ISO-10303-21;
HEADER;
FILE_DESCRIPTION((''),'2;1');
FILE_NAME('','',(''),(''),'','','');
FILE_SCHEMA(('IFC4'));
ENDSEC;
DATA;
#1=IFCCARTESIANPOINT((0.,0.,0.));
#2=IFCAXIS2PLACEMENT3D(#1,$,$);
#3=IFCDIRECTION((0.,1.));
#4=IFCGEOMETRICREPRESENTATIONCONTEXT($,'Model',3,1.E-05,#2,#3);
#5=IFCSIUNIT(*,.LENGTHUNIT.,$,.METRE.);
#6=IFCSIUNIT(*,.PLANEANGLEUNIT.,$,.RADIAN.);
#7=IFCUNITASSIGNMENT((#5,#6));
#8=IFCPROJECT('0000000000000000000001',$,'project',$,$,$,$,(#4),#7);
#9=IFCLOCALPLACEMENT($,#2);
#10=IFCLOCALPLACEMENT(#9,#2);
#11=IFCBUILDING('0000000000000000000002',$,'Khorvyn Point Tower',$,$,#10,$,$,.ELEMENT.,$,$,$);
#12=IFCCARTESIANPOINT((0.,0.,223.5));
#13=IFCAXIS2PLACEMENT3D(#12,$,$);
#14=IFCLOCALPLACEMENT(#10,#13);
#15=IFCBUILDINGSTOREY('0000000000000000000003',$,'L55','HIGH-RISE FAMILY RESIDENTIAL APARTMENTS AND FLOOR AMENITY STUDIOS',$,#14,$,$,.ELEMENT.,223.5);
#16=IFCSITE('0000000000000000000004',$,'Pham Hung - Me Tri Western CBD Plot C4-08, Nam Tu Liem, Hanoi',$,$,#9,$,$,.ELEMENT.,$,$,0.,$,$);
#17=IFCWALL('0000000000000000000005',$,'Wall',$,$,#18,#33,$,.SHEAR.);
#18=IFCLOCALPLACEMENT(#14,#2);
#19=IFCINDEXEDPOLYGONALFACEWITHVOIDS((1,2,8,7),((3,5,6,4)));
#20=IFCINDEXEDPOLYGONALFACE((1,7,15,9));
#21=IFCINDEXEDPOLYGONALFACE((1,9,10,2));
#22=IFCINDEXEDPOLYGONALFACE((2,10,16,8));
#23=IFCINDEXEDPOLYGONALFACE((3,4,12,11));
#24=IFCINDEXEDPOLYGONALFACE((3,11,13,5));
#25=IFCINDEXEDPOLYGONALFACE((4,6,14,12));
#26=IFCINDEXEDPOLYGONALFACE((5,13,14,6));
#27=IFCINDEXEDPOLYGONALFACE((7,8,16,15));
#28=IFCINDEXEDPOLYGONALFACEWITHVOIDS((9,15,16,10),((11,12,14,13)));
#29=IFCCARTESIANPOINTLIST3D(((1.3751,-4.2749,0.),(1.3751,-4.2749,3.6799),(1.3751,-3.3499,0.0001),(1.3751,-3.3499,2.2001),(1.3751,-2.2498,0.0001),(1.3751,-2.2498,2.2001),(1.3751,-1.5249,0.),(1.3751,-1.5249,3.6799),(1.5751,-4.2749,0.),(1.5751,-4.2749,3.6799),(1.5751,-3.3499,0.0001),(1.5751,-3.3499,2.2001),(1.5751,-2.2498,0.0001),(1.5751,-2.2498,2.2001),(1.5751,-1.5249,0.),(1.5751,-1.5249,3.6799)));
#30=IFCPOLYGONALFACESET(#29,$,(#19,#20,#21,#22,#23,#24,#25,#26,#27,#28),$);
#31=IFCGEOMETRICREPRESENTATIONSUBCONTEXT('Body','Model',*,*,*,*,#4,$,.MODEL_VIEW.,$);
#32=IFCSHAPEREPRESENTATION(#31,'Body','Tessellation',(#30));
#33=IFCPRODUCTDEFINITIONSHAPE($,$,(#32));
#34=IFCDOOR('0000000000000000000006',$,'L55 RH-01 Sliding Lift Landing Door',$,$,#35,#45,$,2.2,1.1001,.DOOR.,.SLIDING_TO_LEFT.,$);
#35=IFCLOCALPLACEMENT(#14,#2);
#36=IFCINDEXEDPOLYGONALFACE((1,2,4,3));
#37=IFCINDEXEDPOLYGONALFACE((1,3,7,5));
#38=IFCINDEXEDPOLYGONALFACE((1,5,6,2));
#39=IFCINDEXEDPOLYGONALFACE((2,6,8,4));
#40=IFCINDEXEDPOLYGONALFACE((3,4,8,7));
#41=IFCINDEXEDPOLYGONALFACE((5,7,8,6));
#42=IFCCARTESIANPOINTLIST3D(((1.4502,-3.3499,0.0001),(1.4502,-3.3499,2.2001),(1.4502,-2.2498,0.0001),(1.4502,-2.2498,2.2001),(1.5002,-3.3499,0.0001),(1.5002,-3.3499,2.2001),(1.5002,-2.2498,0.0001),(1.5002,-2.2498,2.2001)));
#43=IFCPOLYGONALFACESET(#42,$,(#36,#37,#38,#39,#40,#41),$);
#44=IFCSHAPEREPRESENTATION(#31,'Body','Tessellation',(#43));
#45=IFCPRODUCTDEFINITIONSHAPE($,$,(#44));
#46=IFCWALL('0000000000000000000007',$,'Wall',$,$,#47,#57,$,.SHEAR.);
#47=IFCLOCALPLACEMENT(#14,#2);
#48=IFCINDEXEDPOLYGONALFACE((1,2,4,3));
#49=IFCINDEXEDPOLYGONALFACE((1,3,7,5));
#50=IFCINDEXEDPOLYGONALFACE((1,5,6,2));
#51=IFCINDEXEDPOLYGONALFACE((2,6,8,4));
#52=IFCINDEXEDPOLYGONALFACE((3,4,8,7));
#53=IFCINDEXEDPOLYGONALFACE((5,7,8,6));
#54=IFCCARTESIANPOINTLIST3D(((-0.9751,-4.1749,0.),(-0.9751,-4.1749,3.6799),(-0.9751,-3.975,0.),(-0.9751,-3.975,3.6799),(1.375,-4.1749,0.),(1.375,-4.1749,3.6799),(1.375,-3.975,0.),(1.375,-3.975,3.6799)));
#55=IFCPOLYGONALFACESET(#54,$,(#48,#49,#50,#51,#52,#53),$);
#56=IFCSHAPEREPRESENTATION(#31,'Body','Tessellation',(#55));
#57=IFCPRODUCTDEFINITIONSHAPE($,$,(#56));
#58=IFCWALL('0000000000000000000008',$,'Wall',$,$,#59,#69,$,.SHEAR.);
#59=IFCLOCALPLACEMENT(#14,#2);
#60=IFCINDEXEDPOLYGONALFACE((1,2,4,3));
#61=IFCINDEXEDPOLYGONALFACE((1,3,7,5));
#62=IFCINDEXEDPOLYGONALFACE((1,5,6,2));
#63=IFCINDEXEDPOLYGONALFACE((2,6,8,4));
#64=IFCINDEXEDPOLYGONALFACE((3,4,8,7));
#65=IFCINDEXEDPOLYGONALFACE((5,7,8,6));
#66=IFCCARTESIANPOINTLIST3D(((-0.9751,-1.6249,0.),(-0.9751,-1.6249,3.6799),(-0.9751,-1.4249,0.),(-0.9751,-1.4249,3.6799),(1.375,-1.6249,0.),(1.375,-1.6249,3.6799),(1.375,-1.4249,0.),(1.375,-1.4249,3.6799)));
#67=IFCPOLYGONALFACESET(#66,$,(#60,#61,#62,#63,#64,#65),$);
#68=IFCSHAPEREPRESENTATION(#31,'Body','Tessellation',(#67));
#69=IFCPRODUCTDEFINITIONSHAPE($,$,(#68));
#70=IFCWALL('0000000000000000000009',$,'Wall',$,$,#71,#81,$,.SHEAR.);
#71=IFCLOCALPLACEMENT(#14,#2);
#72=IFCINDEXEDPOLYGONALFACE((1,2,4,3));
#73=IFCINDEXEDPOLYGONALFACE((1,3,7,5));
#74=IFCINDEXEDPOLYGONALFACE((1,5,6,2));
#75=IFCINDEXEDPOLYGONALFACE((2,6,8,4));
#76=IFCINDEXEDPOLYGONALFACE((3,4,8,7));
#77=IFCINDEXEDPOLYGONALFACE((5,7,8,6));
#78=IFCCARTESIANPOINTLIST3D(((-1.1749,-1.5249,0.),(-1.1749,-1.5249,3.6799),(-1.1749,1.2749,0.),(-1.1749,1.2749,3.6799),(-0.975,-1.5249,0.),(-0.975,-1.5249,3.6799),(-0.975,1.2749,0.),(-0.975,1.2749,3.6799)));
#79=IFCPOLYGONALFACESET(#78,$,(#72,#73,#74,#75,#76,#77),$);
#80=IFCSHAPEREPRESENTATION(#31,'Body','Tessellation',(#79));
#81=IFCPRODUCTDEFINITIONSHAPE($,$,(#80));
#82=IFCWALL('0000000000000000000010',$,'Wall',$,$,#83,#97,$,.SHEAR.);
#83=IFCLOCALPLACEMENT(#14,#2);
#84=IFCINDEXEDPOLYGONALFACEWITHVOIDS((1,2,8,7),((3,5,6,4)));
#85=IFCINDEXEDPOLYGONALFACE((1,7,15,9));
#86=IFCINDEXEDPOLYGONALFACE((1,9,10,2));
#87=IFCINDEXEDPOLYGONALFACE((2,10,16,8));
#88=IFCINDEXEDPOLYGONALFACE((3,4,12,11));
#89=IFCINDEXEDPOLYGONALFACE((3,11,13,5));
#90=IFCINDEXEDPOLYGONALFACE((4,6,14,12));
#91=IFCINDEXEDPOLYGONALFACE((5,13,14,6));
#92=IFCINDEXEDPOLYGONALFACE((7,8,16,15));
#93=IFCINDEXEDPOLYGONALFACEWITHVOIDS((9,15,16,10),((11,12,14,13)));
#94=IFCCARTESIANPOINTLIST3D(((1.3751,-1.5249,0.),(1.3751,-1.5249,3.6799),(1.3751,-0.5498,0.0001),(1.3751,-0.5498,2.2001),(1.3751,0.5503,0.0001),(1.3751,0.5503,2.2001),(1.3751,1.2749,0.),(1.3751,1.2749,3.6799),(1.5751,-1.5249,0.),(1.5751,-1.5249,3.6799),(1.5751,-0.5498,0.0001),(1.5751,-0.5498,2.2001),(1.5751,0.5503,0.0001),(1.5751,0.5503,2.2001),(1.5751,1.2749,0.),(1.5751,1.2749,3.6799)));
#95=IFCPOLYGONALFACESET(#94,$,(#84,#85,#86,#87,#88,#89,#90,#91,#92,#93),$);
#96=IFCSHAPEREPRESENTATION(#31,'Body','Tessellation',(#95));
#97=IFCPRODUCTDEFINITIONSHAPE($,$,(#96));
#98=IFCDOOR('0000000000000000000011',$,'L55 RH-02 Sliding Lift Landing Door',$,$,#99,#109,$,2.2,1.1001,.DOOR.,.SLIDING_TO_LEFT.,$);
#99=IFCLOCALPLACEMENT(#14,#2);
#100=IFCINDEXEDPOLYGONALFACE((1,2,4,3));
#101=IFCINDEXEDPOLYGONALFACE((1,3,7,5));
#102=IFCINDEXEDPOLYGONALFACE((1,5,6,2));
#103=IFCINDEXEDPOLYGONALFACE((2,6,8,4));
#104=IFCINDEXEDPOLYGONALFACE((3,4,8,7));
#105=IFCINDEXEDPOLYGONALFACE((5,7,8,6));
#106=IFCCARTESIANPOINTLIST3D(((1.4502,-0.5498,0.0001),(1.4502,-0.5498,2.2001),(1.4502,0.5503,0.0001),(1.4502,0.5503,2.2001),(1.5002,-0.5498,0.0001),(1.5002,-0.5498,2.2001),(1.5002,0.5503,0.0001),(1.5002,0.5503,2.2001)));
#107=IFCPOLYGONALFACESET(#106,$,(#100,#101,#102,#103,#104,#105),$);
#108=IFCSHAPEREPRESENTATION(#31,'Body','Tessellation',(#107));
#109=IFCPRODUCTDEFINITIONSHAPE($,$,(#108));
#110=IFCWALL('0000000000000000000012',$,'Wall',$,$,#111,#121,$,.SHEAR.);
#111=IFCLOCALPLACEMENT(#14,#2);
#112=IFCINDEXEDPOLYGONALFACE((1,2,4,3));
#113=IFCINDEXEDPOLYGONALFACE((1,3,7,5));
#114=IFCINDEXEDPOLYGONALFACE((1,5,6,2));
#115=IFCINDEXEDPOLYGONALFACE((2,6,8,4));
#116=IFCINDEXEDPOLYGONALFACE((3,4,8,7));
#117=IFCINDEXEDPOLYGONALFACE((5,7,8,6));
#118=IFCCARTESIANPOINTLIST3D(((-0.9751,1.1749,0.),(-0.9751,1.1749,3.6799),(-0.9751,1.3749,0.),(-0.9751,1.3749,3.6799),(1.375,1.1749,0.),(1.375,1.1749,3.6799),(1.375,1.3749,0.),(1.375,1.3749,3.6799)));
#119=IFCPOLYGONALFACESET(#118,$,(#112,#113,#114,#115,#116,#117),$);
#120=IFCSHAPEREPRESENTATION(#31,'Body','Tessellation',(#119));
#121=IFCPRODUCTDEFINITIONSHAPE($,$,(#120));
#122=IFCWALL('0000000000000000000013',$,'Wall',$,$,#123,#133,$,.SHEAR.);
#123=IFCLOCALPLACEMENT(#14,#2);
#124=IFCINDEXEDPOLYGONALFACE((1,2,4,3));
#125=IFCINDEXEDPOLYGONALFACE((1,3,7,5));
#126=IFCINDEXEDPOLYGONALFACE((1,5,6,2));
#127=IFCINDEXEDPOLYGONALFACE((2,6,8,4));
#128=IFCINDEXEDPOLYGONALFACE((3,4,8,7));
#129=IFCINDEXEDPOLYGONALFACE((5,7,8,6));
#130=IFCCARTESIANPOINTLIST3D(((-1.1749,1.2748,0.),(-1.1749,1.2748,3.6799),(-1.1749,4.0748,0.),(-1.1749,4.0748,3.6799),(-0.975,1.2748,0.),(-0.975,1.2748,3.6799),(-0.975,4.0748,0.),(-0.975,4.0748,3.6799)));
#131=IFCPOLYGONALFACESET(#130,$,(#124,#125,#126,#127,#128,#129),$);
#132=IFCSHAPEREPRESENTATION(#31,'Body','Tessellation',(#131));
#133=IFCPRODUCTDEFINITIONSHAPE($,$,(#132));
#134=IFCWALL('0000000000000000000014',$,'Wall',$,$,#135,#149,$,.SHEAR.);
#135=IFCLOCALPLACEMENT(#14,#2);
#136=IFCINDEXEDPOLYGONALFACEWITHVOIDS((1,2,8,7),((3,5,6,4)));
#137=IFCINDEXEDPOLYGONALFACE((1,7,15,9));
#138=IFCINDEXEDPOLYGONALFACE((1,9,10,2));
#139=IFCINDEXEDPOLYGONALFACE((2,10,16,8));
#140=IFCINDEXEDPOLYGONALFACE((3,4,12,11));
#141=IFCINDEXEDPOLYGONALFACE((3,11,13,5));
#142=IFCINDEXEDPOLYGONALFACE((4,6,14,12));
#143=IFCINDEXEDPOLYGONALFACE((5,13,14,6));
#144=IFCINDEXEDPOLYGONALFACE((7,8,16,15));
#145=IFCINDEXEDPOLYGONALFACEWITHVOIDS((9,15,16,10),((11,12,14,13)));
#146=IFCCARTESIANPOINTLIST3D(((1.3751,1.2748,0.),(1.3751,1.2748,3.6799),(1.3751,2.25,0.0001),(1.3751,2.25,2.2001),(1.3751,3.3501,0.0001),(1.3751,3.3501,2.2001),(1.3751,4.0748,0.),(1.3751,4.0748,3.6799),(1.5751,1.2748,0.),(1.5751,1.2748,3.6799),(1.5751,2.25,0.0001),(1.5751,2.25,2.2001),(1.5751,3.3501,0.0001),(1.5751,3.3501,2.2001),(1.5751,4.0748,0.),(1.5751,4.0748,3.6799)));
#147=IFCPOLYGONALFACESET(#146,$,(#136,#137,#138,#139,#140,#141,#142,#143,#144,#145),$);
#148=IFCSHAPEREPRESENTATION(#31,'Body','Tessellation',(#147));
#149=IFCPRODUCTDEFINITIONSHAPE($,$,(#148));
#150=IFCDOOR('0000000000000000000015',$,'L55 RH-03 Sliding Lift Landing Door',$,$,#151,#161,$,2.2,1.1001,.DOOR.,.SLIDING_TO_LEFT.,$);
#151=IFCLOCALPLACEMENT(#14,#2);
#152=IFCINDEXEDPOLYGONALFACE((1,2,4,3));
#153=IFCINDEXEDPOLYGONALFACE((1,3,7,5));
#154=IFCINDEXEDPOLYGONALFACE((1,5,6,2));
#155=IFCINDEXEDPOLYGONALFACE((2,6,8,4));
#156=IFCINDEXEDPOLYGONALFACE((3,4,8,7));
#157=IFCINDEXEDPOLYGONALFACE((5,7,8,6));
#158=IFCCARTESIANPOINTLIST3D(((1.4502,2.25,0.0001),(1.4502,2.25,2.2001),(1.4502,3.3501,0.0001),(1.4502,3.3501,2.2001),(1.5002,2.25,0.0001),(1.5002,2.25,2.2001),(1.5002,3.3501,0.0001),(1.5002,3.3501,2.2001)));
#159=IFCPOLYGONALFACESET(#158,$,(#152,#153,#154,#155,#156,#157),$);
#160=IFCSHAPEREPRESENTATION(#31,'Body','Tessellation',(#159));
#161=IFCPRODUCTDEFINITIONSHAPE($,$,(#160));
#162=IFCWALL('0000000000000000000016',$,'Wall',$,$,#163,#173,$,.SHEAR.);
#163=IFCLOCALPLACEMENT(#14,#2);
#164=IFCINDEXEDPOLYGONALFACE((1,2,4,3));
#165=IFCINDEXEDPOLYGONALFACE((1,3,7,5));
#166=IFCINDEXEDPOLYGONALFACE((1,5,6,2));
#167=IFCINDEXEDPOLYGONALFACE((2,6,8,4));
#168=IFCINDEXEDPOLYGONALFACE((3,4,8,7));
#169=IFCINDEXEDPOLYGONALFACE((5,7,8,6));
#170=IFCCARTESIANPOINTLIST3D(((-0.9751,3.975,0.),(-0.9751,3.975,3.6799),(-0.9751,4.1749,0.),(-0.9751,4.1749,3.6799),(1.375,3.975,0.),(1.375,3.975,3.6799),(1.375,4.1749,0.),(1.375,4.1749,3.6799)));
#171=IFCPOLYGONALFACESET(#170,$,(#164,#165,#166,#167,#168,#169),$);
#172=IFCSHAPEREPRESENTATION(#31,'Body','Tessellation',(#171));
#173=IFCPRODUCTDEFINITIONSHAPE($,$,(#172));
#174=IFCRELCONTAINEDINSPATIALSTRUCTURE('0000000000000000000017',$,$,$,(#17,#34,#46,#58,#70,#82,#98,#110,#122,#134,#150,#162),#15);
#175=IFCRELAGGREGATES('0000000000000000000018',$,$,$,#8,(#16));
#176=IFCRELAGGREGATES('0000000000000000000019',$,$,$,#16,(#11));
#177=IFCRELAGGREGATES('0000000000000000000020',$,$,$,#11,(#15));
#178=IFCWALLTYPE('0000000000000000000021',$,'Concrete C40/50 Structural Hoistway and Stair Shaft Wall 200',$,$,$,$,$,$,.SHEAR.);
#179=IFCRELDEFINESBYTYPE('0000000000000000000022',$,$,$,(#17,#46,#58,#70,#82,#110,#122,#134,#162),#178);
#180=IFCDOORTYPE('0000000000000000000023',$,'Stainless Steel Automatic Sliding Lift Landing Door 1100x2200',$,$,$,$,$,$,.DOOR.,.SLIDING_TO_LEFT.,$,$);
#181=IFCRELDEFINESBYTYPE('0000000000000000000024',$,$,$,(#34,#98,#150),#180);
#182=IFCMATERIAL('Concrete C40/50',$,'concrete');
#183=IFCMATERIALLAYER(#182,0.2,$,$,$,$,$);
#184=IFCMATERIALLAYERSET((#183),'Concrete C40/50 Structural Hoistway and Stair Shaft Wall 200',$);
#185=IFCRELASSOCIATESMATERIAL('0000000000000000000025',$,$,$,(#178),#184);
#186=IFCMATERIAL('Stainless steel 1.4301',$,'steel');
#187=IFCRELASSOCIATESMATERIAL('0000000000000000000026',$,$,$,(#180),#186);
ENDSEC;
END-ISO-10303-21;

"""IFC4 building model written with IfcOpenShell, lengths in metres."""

from ifc_helpers import new_model, si_unit, direction, frame, frame_2d, origin, place, context, subcontext, project, spatial, rectangle, extrude, material, layer, layer_set, type_object, element, fill, save


model = new_model("IFC4")

# Units and contexts
model_context = context("Model", 3, precision=1e-05, world=origin(), true_north=direction((0.0, 1.0)))
body_context = subcontext(model_context, "Body", "Model", "MODEL_VIEW")
ifc_project = project(units=[si_unit("LENGTHUNIT", "METRE"), si_unit("PLANEANGLEUNIT", "RADIAN")], contexts=[model_context])

# Site, building, storey
site_placement = place(None, origin())
site = spatial("IfcSite", under=ifc_project, at=site_placement, Name="Pham Hung - Me Tri Western CBD Plot C4-08, Nam Tu Liem, Hanoi", CompositionType="ELEMENT", RefElevation=0.0)
building_placement = place(site_placement, origin())
building = spatial("IfcBuilding", under=site, at=building_placement, Name="Khorvyn Point Tower", CompositionType="ELEMENT")
storey_placement = place(building_placement, frame((0.0, 0.0, 223.5)))
storey = spatial("IfcBuildingStorey", under=building, at=storey_placement, Name="L55", Description="HIGH-RISE FAMILY RESIDENTIAL APARTMENTS AND FLOOR AMENITY STUDIOS", CompositionType="ELEMENT", Elevation=223.5)

# Shared definitions
ifc_material_1 = material(Name="Concrete C40/50", Category="concrete")

# Shared definitions
ifc_layer_1 = layer(ifc_material_1, 0.2)
ifc_layer_set_1 = layer_set([ifc_layer_1], Name="Concrete C40/50 Structural Hoistway and Stair Shaft Wall 200")
wall_type = type_object("IfcWallType", Name="Concrete C40/50 Structural Hoistway and Stair Shaft Wall 200", PredefinedType="SHEAR", material=ifc_layer_set_1)

# Wall, opening, door
wall_1_placement = place(storey_placement, frame((1.4751, -4.2749, 0.0), z_axis=(0.0, 0.0, 1.0), x_axis=(0.0, 1.0, 0.0)))
wall_1 = element("IfcWall", 1, at=wall_1_placement, inside=storey, type_object=wall_type, Name="Wall", PredefinedType="SHEAR", context=body_context, shape_type="SweptSolid", body=[
    extrude(rectangle(XDim=2.75, YDim=0.2, at=frame_2d((1.375, 0.0))), origin(), (0.0, 0.0, 1.0), 3.6799),
])
opening_1_placement = place(wall_1_placement, frame((0.925, 0.0, 0.0)))
opening_1 = element("IfcOpeningElement", 2, at=opening_1_placement, cuts=wall_1, PredefinedType="OPENING", context=body_context, shape_type="SweptSolid", body=[
    extrude(rectangle(XDim=1.1001, YDim=2.2, at=frame_2d((0.55, 1.1001))), frame((0.0, 0.1099, 0.0), z_axis=(0.0, -1.0, 0.0), x_axis=(1.0, 0.0, 0.0)), (0.0, 0.0, 1.0), 0.22),
])
ifc_material_2 = material(Name="Stainless steel 1.4301", Category="steel")
door_type = type_object("IfcDoorType", Name="Stainless Steel Automatic Sliding Lift Landing Door 1100x2200", OperationType="SLIDING_TO_LEFT", PredefinedType="DOOR", material=ifc_material_2)
door_1_placement = place(opening_1_placement, origin())
door_1 = element("IfcDoor", 3, at=door_1_placement, inside=storey, type_object=door_type, Name="L55 RH-01 Sliding Lift Landing Door", OperationType="SLIDING_TO_LEFT", OverallHeight=2.2, OverallWidth=1.1001, PredefinedType="DOOR", context=body_context, shape_type="SweptSolid", body=[
    extrude(rectangle(XDim=1.1001, YDim=2.2, at=frame_2d((0.55, 1.1001))), frame((0.0, 0.0249, 0.0), z_axis=(0.0, -1.0, 0.0), x_axis=(1.0, 0.0, 0.0)), (0.0, 0.0, 1.0), 0.05),
])
fill(opening_1, door_1)

# Walls
for number, where, z_axis, x_axis, name in (
    (4, (-0.9751, -4.075, 0.0), (0.0, 0.0, 1.0), (1.0, 0.0, 0.0), "Wall"),
    (5, (-0.9751, -1.5249, 0.0), (0.0, 0.0, 1.0), (1.0, 0.0, 0.0), "Wall"),
):
    element("IfcWall", number, at=place(storey_placement, frame(where, z_axis=z_axis, x_axis=x_axis)), inside=storey, type_object=wall_type, Name=name, PredefinedType="SHEAR", context=body_context, shape_type="SweptSolid", body=[
        extrude(rectangle(XDim=2.3501, YDim=0.2, at=frame_2d((1.175, 0.0))), origin(), (0.0, 0.0, 1.0), 3.6799),
    ])
wall_2_placement = place(storey_placement, frame((-1.075, -1.5249, 0.0), z_axis=(0.0, 0.0, 1.0), x_axis=(0.0, 1.0, 0.0)))
element("IfcWall", 6, at=wall_2_placement, inside=storey, type_object=wall_type, Name="Wall", PredefinedType="SHEAR", context=body_context, shape_type="SweptSolid", body=[
    extrude(rectangle(XDim=2.7998, YDim=0.2, at=frame_2d((1.3999, 0.0))), origin(), (0.0, 0.0, 1.0), 3.6799),
])

# Wall, opening, door
wall_3_placement = place(storey_placement, frame((1.4751, -1.5249, 0.0), z_axis=(0.0, 0.0, 1.0), x_axis=(0.0, 1.0, 0.0)))
wall_3 = element("IfcWall", 7, at=wall_3_placement, inside=storey, type_object=wall_type, Name="Wall", PredefinedType="SHEAR", context=body_context, shape_type="SweptSolid", body=[
    extrude(rectangle(XDim=2.7998, YDim=0.2, at=frame_2d((1.3999, 0.0))), origin(), (0.0, 0.0, 1.0), 3.6799),
])
opening_2_placement = place(wall_3_placement, frame((0.9751, 0.0, 0.0)))
opening_2 = element("IfcOpeningElement", 8, at=opening_2_placement, cuts=wall_3, PredefinedType="OPENING", context=body_context, shape_type="SweptSolid", body=[
    extrude(rectangle(XDim=1.1001, YDim=2.2, at=frame_2d((0.55, 1.1001))), frame((0.0, 0.1099, 0.0), z_axis=(0.0, -1.0, 0.0), x_axis=(1.0, 0.0, 0.0)), (0.0, 0.0, 1.0), 0.22),
])
door_2_placement = place(opening_2_placement, origin())
door_2 = element("IfcDoor", 9, at=door_2_placement, inside=storey, type_object=door_type, Name="L55 RH-02 Sliding Lift Landing Door", OperationType="SLIDING_TO_LEFT", OverallHeight=2.2, OverallWidth=1.1001, PredefinedType="DOOR", context=body_context, shape_type="SweptSolid", body=[
    extrude(rectangle(XDim=1.1001, YDim=2.2, at=frame_2d((0.55, 1.1001))), frame((0.0, 0.0249, 0.0), z_axis=(0.0, -1.0, 0.0), x_axis=(1.0, 0.0, 0.0)), (0.0, 0.0, 1.0), 0.05),
])
fill(opening_2, door_2)

# Walls
wall_4_placement = place(storey_placement, frame((-0.9751, 1.2749, 0.0), z_axis=(0.0, 0.0, 1.0), x_axis=(1.0, 0.0, 0.0)))
element("IfcWall", 10, at=wall_4_placement, inside=storey, type_object=wall_type, Name="Wall", PredefinedType="SHEAR", context=body_context, shape_type="SweptSolid", body=[
    extrude(rectangle(XDim=2.3501, YDim=0.2, at=frame_2d((1.175, 0.0))), origin(), (0.0, 0.0, 1.0), 3.6799),
])
wall_5_placement = place(storey_placement, frame((-1.075, 1.2749, 0.0), z_axis=(0.0, 0.0, 1.0), x_axis=(0.0, 1.0, 0.0)))
element("IfcWall", 11, at=wall_5_placement, inside=storey, type_object=wall_type, Name="Wall", PredefinedType="SHEAR", context=body_context, shape_type="SweptSolid", body=[
    extrude(rectangle(XDim=2.8, YDim=0.2, at=frame_2d((1.3999, 0.0))), origin(), (0.0, 0.0, 1.0), 3.6799),
])

# Wall, opening, door
wall_6_placement = place(storey_placement, frame((1.4751, 1.2749, 0.0), z_axis=(0.0, 0.0, 1.0), x_axis=(0.0, 1.0, 0.0)))
wall_6 = element("IfcWall", 12, at=wall_6_placement, inside=storey, type_object=wall_type, Name="Wall", PredefinedType="SHEAR", context=body_context, shape_type="SweptSolid", body=[
    extrude(rectangle(XDim=2.8, YDim=0.2, at=frame_2d((1.3999, 0.0))), origin(), (0.0, 0.0, 1.0), 3.6799),
])
opening_3_placement = place(wall_6_placement, frame((0.9751, 0.0, 0.0)))
opening_3 = element("IfcOpeningElement", 13, at=opening_3_placement, cuts=wall_6, PredefinedType="OPENING", context=body_context, shape_type="SweptSolid", body=[
    extrude(rectangle(XDim=1.1001, YDim=2.2, at=frame_2d((0.55, 1.1001))), frame((0.0, 0.1099, 0.0), z_axis=(0.0, -1.0, 0.0), x_axis=(1.0, 0.0, 0.0)), (0.0, 0.0, 1.0), 0.22),
])
door_3_placement = place(opening_3_placement, origin())
door_3 = element("IfcDoor", 14, at=door_3_placement, inside=storey, type_object=door_type, Name="L55 RH-03 Sliding Lift Landing Door", OperationType="SLIDING_TO_LEFT", OverallHeight=2.2, OverallWidth=1.1001, PredefinedType="DOOR", context=body_context, shape_type="SweptSolid", body=[
    extrude(rectangle(XDim=1.1001, YDim=2.2, at=frame_2d((0.55, 1.1001))), frame((0.0, 0.0249, 0.0), z_axis=(0.0, -1.0, 0.0), x_axis=(1.0, 0.0, 0.0)), (0.0, 0.0, 1.0), 0.05),
])
fill(opening_3, door_3)

# Wall
wall_7_placement = place(storey_placement, frame((-0.9751, 4.075, 0.0), z_axis=(0.0, 0.0, 1.0), x_axis=(1.0, 0.0, 0.0)))
element("IfcWall", 15, at=wall_7_placement, inside=storey, type_object=wall_type, Name="Wall", PredefinedType="SHEAR", context=body_context, shape_type="SweptSolid", body=[
    extrude(rectangle(XDim=2.3501, YDim=0.2, at=frame_2d((1.175, 0.0))), origin(), (0.0, 0.0, 1.0), 3.6799),
])

save(model, "model.ifc")
